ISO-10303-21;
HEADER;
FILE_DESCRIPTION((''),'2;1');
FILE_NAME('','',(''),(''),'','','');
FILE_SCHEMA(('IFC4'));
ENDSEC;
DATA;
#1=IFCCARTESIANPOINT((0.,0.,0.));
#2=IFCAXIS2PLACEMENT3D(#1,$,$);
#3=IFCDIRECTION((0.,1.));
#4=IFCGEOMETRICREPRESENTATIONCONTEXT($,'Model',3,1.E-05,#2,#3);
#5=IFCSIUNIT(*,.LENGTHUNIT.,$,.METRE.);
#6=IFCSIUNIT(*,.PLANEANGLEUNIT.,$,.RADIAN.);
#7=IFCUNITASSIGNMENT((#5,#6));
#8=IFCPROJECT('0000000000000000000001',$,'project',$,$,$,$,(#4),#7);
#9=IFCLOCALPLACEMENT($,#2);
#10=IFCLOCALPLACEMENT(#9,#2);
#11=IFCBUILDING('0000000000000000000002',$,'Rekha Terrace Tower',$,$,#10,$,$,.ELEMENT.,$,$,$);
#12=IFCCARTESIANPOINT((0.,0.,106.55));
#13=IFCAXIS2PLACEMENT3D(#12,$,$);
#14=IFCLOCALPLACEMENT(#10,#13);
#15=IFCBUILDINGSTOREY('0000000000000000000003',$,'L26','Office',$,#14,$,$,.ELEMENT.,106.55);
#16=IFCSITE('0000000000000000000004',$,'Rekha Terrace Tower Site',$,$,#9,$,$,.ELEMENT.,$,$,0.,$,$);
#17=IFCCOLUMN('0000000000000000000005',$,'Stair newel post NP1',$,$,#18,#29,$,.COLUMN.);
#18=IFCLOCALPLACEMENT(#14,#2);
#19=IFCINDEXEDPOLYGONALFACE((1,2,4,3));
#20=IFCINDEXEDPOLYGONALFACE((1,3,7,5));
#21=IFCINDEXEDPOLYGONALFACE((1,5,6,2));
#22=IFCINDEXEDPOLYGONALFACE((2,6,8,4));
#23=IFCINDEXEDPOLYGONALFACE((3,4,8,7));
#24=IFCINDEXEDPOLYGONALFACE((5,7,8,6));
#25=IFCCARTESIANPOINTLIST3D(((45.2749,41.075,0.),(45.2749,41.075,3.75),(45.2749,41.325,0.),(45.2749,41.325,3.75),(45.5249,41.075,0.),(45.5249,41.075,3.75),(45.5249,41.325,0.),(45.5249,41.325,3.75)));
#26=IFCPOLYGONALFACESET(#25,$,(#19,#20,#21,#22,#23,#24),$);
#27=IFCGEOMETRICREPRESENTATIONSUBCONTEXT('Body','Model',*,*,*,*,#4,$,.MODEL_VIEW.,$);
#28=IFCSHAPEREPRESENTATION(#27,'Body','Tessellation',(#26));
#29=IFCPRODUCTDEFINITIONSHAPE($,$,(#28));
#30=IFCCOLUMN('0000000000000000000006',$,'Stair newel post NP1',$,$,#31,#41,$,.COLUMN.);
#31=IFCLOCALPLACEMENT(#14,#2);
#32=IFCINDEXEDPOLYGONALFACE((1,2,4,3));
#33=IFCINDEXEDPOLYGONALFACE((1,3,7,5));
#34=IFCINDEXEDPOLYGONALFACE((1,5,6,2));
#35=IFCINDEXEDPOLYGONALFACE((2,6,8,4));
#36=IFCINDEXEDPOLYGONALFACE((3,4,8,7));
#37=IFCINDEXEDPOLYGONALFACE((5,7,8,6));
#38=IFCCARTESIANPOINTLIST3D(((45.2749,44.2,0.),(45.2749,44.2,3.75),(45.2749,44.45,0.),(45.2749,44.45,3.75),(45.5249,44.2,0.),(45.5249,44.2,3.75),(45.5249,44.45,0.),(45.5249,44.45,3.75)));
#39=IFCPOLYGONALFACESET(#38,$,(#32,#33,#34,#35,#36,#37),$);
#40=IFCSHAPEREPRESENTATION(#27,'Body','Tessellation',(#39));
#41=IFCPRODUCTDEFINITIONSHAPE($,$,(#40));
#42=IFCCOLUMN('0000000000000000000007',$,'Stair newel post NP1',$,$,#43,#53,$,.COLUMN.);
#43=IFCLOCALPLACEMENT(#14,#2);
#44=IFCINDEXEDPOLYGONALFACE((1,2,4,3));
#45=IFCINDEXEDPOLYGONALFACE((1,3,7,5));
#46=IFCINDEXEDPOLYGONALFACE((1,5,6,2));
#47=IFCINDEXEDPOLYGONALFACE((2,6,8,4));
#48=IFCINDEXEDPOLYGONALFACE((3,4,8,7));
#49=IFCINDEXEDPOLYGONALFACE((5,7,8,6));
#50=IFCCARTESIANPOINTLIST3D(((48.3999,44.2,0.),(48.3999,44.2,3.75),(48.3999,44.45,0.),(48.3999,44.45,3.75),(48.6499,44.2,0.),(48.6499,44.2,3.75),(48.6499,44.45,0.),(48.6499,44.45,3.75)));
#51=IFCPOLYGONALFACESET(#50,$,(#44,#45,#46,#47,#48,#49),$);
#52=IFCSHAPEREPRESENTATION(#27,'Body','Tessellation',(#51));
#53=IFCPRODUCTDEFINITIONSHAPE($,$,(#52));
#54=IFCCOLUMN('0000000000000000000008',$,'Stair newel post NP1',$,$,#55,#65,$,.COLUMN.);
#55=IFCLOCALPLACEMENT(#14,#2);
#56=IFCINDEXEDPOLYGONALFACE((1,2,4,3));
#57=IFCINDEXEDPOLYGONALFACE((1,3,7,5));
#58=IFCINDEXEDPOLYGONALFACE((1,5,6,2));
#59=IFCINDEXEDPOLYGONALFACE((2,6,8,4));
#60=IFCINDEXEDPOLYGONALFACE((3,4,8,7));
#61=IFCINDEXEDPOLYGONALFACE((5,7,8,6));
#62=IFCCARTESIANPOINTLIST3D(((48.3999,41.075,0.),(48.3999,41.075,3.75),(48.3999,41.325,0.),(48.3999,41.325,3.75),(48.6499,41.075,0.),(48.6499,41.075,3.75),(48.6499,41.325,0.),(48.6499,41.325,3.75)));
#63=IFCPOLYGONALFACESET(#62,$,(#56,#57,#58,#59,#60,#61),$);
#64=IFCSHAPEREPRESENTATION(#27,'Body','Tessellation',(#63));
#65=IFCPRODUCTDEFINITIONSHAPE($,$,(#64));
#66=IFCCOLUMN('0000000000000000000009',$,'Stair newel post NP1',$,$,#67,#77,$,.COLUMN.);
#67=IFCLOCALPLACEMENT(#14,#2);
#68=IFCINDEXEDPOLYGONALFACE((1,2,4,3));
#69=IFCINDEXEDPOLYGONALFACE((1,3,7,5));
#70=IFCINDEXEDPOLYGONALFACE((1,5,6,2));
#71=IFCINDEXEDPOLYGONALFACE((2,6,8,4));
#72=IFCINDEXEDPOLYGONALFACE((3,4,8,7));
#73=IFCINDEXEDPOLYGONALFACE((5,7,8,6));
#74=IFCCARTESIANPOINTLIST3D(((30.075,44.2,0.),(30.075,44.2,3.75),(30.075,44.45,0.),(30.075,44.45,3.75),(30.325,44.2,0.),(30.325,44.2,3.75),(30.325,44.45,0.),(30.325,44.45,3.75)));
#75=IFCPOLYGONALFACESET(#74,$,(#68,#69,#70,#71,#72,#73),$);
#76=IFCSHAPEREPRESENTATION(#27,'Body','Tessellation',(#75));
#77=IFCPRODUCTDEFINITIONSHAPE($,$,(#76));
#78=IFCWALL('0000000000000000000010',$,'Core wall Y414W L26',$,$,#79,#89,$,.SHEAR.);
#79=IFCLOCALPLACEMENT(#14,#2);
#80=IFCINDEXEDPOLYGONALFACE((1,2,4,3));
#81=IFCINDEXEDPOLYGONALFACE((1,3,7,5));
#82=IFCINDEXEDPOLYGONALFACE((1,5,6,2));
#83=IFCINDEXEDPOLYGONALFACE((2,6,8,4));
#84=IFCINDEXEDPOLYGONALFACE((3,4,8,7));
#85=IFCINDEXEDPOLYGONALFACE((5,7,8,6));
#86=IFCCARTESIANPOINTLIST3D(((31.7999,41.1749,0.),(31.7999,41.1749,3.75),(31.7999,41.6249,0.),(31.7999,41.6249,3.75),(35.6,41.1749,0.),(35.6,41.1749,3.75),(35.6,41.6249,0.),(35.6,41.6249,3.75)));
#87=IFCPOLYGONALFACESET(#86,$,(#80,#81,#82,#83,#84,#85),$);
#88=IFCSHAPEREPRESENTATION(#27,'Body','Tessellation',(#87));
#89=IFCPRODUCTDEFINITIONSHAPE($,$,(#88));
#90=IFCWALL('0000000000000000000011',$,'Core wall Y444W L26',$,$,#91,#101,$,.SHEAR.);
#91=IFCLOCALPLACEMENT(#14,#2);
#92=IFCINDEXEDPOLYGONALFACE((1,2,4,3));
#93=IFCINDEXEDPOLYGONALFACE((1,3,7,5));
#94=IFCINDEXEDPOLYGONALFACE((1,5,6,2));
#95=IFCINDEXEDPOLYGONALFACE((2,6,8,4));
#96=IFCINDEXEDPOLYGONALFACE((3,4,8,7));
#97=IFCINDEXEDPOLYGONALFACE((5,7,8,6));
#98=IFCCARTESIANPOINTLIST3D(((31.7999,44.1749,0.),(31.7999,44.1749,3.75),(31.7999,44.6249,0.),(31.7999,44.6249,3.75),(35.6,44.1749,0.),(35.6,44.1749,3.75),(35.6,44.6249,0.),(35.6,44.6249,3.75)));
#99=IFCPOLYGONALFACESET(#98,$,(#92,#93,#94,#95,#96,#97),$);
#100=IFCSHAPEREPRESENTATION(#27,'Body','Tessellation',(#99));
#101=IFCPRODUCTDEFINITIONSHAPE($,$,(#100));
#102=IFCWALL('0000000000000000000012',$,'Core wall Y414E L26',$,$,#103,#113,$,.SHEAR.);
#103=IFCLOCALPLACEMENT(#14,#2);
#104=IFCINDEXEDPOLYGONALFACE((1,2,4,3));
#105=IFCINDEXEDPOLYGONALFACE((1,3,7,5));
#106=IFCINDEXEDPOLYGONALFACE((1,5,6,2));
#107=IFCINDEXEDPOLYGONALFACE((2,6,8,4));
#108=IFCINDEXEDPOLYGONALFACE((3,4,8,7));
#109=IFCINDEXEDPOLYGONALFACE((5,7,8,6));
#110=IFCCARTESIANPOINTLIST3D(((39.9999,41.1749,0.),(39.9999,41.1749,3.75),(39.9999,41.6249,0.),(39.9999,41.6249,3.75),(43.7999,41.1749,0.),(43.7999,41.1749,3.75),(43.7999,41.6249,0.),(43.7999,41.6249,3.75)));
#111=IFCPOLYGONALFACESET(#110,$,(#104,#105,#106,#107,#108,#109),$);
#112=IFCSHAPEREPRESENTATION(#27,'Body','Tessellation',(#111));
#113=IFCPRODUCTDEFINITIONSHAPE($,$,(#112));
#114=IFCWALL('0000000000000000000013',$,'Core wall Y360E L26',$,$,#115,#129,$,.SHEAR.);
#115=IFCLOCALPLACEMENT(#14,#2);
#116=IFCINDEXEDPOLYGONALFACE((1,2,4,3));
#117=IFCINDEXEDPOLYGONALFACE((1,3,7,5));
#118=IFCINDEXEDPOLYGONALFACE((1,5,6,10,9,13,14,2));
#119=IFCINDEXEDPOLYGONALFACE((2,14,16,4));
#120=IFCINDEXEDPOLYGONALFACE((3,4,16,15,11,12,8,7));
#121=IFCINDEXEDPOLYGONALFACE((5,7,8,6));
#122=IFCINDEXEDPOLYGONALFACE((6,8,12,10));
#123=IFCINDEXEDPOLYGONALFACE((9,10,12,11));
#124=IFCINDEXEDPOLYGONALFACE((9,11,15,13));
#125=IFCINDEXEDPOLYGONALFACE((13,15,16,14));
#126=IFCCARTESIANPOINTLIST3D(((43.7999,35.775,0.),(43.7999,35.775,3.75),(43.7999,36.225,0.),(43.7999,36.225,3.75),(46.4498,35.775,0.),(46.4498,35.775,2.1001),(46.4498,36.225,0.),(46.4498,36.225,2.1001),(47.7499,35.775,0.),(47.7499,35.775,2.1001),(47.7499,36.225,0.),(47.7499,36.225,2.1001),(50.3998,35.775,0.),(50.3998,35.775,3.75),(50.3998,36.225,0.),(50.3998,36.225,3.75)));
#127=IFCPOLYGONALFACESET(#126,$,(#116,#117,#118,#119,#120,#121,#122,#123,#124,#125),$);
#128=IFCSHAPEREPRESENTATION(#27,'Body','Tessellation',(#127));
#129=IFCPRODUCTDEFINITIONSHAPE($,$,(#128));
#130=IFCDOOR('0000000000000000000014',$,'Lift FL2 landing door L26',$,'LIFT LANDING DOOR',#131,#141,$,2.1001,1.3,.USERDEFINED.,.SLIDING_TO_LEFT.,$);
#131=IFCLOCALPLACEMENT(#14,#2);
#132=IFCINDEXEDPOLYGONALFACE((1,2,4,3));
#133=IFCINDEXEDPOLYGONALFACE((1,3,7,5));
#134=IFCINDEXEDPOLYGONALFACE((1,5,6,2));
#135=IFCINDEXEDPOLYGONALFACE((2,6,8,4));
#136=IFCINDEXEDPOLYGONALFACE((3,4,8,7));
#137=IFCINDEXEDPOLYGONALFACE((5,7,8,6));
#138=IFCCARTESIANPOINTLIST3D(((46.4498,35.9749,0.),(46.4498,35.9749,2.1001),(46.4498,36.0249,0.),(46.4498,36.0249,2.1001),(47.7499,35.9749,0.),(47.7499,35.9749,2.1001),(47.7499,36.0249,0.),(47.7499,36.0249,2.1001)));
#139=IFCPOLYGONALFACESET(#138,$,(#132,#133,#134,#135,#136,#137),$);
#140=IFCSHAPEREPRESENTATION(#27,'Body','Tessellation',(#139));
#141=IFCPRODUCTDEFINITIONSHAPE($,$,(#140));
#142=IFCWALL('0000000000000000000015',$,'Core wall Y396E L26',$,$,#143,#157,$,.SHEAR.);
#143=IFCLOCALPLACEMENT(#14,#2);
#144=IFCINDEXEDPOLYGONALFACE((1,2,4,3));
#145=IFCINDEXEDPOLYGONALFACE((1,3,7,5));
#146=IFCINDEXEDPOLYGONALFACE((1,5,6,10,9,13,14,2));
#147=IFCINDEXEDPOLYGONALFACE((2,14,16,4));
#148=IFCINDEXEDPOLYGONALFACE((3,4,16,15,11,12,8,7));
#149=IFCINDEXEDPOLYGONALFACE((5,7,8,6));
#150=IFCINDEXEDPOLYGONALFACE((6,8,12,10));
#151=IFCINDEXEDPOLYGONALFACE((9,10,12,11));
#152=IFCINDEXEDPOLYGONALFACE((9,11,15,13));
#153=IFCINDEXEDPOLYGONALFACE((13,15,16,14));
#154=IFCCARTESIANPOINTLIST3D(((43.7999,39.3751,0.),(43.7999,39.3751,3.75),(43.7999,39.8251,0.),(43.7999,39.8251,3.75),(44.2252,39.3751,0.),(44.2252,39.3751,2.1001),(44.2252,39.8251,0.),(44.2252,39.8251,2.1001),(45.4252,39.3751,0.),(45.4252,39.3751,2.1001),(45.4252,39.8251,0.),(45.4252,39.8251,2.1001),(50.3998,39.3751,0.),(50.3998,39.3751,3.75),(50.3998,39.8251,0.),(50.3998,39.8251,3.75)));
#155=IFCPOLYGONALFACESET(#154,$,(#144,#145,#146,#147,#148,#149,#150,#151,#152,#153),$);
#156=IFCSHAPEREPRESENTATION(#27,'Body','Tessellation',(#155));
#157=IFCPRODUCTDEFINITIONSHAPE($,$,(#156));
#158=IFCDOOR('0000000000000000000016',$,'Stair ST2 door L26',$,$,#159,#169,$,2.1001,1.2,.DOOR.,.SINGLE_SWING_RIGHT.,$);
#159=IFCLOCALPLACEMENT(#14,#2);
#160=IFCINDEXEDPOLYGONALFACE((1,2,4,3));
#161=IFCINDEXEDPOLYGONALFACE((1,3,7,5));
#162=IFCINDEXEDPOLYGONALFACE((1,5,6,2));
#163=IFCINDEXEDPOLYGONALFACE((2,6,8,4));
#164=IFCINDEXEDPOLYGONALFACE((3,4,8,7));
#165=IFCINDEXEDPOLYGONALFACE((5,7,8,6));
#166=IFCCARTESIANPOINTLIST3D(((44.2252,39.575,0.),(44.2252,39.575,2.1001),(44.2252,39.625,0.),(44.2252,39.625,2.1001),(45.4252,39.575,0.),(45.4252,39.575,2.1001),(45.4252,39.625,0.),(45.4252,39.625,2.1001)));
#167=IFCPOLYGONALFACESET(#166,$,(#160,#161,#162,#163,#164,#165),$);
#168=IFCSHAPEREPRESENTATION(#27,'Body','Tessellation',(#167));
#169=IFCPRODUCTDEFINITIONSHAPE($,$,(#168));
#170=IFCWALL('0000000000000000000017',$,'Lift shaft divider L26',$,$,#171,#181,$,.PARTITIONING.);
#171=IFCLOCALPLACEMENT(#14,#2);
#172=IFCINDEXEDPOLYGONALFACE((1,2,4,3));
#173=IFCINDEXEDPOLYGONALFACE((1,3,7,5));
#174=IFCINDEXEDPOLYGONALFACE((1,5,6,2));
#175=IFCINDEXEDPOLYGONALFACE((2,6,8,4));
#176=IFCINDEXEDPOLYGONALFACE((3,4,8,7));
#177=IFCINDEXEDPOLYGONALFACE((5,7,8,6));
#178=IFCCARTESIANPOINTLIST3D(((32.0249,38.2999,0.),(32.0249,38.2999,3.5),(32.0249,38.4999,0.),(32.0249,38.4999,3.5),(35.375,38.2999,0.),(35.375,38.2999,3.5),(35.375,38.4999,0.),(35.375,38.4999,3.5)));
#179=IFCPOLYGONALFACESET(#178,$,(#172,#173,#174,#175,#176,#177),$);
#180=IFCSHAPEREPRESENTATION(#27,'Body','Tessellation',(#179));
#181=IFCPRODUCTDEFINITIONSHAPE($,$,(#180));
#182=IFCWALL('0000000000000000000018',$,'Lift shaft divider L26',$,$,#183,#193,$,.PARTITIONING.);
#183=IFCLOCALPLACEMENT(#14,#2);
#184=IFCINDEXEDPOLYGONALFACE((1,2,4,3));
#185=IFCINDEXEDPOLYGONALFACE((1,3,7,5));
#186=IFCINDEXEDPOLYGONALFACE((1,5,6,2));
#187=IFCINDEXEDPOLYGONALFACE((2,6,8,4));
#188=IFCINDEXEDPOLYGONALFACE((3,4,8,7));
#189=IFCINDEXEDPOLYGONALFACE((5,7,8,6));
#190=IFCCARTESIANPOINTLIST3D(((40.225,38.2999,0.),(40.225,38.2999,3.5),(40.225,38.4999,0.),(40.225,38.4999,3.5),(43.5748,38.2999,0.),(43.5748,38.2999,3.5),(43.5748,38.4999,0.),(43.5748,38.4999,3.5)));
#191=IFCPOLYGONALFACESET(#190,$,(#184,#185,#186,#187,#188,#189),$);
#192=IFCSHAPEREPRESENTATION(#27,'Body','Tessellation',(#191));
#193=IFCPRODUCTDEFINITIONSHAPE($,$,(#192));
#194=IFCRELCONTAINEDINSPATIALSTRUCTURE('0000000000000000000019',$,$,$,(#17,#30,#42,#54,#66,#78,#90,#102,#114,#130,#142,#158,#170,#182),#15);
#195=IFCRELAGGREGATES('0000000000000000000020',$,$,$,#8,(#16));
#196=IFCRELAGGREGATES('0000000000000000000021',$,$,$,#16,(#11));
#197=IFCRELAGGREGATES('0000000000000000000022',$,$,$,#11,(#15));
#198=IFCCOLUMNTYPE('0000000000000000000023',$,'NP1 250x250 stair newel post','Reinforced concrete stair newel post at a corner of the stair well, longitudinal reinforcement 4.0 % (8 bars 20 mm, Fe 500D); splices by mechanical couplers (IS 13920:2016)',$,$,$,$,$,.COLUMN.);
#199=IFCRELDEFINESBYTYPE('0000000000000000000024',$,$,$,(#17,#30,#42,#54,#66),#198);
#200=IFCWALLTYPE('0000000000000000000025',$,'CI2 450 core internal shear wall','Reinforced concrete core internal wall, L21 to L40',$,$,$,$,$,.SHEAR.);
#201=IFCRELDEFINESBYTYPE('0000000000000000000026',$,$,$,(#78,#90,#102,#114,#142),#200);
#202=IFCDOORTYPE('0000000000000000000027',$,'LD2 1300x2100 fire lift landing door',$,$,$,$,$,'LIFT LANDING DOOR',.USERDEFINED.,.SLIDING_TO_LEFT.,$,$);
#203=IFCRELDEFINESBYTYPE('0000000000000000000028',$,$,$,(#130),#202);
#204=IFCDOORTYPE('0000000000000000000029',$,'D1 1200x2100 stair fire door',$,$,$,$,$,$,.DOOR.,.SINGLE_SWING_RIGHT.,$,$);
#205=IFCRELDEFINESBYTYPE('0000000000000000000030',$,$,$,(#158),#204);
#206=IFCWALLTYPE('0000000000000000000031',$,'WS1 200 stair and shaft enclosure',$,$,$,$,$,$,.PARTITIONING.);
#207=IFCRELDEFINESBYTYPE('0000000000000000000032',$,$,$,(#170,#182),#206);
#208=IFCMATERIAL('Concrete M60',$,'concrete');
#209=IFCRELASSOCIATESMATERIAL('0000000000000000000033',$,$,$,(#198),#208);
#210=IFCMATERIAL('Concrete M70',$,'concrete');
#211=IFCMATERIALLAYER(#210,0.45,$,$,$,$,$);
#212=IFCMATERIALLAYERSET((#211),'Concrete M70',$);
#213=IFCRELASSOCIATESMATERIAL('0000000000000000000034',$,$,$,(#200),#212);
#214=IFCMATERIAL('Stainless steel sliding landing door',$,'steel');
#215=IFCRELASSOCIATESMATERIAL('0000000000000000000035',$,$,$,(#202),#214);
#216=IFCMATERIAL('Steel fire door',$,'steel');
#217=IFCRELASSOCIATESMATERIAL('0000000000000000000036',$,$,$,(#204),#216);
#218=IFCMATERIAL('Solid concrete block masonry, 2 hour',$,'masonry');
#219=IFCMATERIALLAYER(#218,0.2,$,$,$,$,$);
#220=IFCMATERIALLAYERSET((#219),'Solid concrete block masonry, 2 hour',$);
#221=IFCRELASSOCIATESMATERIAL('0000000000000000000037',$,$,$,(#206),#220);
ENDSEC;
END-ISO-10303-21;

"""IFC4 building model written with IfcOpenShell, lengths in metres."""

from ifc_helpers import new_model, si_unit, direction, frame, frame_2d, origin, origin_2d, place, context, subcontext, project, spatial, rectangle, extrude, material, layer, layer_set, material_profile, profile_set, type_object, element, fill, save


model = new_model("IFC4")

# Units and contexts
model_context = context("Model", 3, precision=1e-05, world=origin(), true_north=direction((0.0, 1.0)))
body_context = subcontext(model_context, "Body", "Model", "MODEL_VIEW")
ifc_project = project(units=[si_unit("LENGTHUNIT", "METRE"), si_unit("PLANEANGLEUNIT", "RADIAN")], contexts=[model_context])

# Site, building, storey
site_placement = place(None, origin())
site = spatial("IfcSite", under=ifc_project, at=site_placement, Name="Rekha Terrace Tower Site", CompositionType="ELEMENT", RefElevation=0.0)
building_placement = place(site_placement, origin())
building = spatial("IfcBuilding", under=site, at=building_placement, Name="Rekha Terrace Tower", CompositionType="ELEMENT")
storey_placement = place(building_placement, frame((0.0, 0.0, 106.55)))
storey = spatial("IfcBuildingStorey", under=building, at=storey_placement, Name="L26", Description="Office", CompositionType="ELEMENT", Elevation=106.55)

# Columns
ifc_material_1 = material(Name="Concrete M60", Category="concrete")
ifc_material_profile = material_profile(ifc_material_1, rectangle(XDim=0.25, YDim=0.25, at=origin_2d()), Name="RC 250x250")
ifc_profile_set = profile_set([ifc_material_profile], Name="Concrete M60")
column_type = type_object("IfcColumnType", Name="NP1 250x250 stair newel post", Description="Reinforced concrete stair newel post at a corner of the stair well, longitudinal reinforcement 4.0 % (8 bars 20 mm, Fe 500D); splices by mechanical couplers (IS 13920:2016)", PredefinedType="COLUMN", material=ifc_profile_set)
for number, where, z_axis, x_axis, name in (
    (1, (45.3999, 41.2, 0.0), (0.0, 0.0, 1.0), (1.0, 0.0, 0.0), "Stair newel post NP1"),
    (2, (45.3999, 44.325, 0.0), (0.0, 0.0, 1.0), (1.0, 0.0, 0.0), "Stair newel post NP1"),
    (3, (48.5249, 44.325, 0.0), (0.0, 0.0, 1.0), (1.0, 0.0, 0.0), "Stair newel post NP1"),
    (4, (48.5249, 41.2, 0.0), (0.0, 0.0, 1.0), (1.0, 0.0, 0.0), "Stair newel post NP1"),
    (5, (30.2, 44.325, 0.0), (0.0, 0.0, 1.0), (1.0, 0.0, 0.0), "Stair newel post NP1"),
):
    element("IfcColumn", number, at=place(storey_placement, frame(where, z_axis=z_axis, x_axis=x_axis)), inside=storey, type_object=column_type, Name=name, PredefinedType="COLUMN", context=body_context, shape_type="SweptSolid", body=[
        extrude(rectangle(XDim=0.25, YDim=0.25, at=origin_2d()), origin(), (0.0, 0.0, 1.0), 3.75),
    ])

# Walls
ifc_material_2 = material(Name="Concrete M70", Category="concrete")
ifc_layer_1 = layer(ifc_material_2, 0.45)
ifc_layer_set_1 = layer_set([ifc_layer_1], Name="Concrete M70")
wall_type_1 = type_object("IfcWallType", Name="CI2 450 core internal shear wall", Description="Reinforced concrete core internal wall, L21 to L40", PredefinedType="SHEAR", material=ifc_layer_set_1)
for number, where, z_axis, x_axis, name in (
    (6, (31.8, 41.3999, 0.0), (0.0, 0.0, 1.0), (1.0, 0.0, 0.0), "Core wall Y414W L26"),
    (7, (31.8, 44.3999, 0.0), (0.0, 0.0, 1.0), (1.0, 0.0, 0.0), "Core wall Y444W L26"),
    (8, (40.0, 41.3999, 0.0), (0.0, 0.0, 1.0), (1.0, 0.0, 0.0), "Core wall Y414E L26"),
):
    element("IfcWall", number, at=place(storey_placement, frame(where, z_axis=z_axis, x_axis=x_axis)), inside=storey, type_object=wall_type_1, Name=name, PredefinedType="SHEAR", context=body_context, shape_type="SweptSolid", body=[
        extrude(rectangle(XDim=3.8, YDim=0.45, at=frame_2d((1.8999, 0.0))), origin(), (0.0, 0.0, 1.0), 3.75),
    ])

# Walls, openings, doors
wall_1_placement = place(storey_placement, frame((43.8, 36.0, 0.0), z_axis=(0.0, 0.0, 1.0), x_axis=(1.0, 0.0, 0.0)))
wall_1 = element("IfcWall", 9, at=wall_1_placement, inside=storey, type_object=wall_type_1, Name="Core wall Y360E L26", PredefinedType="SHEAR", context=body_context, shape_type="SweptSolid", body=[
    extrude(rectangle(XDim=6.5999, YDim=0.45, at=frame_2d((3.2998, 0.0))), origin(), (0.0, 0.0, 1.0), 3.75),
])
opening_1_placement = place(wall_1_placement, frame((2.6499, 0.0, 0.0)))
opening_1 = element("IfcOpeningElement", 10, at=opening_1_placement, cuts=wall_1, PredefinedType="OPENING", context=body_context, shape_type="SweptSolid", body=[
    extrude(rectangle(XDim=1.3, YDim=2.1001, at=frame_2d((0.6499, 1.05))), frame((0.0, 0.2349, 0.0), z_axis=(0.0, -1.0, 0.0), x_axis=(1.0, 0.0, 0.0)), (0.0, 0.0, 1.0), 0.47),
])
ifc_material_3 = material(Name="Stainless steel sliding landing door", Category="steel")
door_type_1 = type_object("IfcDoorType", Name="LD2 1300x2100 fire lift landing door", ElementType="LIFT LANDING DOOR", OperationType="SLIDING_TO_LEFT", PredefinedType="USERDEFINED", material=ifc_material_3)
door_1_placement = place(opening_1_placement, origin())
door_1 = element("IfcDoor", 11, at=door_1_placement, inside=storey, type_object=door_type_1, Name="Lift FL2 landing door L26", ObjectType="LIFT LANDING DOOR", OperationType="SLIDING_TO_LEFT", OverallHeight=2.1001, OverallWidth=1.3, PredefinedType="USERDEFINED", context=body_context, shape_type="SweptSolid", body=[
    extrude(rectangle(XDim=1.3, YDim=2.1001, at=frame_2d((0.6499, 1.05))), frame((0.0, 0.0249, 0.0), z_axis=(0.0, -1.0, 0.0), x_axis=(1.0, 0.0, 0.0)), (0.0, 0.0, 1.0), 0.05),
])
fill(opening_1, door_1)
wall_2_placement = place(storey_placement, frame((43.8, 39.6001, 0.0), z_axis=(0.0, 0.0, 1.0), x_axis=(1.0, 0.0, 0.0)))
wall_2 = element("IfcWall", 12, at=wall_2_placement, inside=storey, type_object=wall_type_1, Name="Core wall Y396E L26", PredefinedType="SHEAR", context=body_context, shape_type="SweptSolid", body=[
    extrude(rectangle(XDim=6.5999, YDim=0.45, at=frame_2d((3.2998, 0.0))), origin(), (0.0, 0.0, 1.0), 3.75),
])
opening_2_placement = place(wall_2_placement, frame((0.425, 0.0, 0.0)))
opening_2 = element("IfcOpeningElement", 13, at=opening_2_placement, cuts=wall_2, PredefinedType="OPENING", context=body_context, shape_type="SweptSolid", body=[
    extrude(rectangle(XDim=1.2, YDim=2.1001, at=frame_2d((0.6001, 1.05))), frame((0.0, 0.2349, 0.0), z_axis=(0.0, -1.0, 0.0), x_axis=(1.0, 0.0, 0.0)), (0.0, 0.0, 1.0), 0.47),
])
ifc_material_4 = material(Name="Steel fire door", Category="steel")
door_type_2 = type_object("IfcDoorType", Name="D1 1200x2100 stair fire door", OperationType="SINGLE_SWING_RIGHT", PredefinedType="DOOR", material=ifc_material_4)
door_2_placement = place(opening_2_placement, origin())
door_2 = element("IfcDoor", 14, at=door_2_placement, inside=storey, type_object=door_type_2, Name="Stair ST2 door L26", OperationType="SINGLE_SWING_RIGHT", OverallHeight=2.1001, OverallWidth=1.2, PredefinedType="DOOR", context=body_context, shape_type="SweptSolid", body=[
    extrude(rectangle(XDim=1.2, YDim=2.1001, at=frame_2d((0.6001, 1.05))), frame((0.0, 0.0249, 0.0), z_axis=(0.0, -1.0, 0.0), x_axis=(1.0, 0.0, 0.0)), (0.0, 0.0, 1.0), 0.05),
])
fill(opening_2, door_2)

# Walls
ifc_material_5 = material(Name="Solid concrete block masonry, 2 hour", Category="masonry")
ifc_layer_2 = layer(ifc_material_5, 0.2)
ifc_layer_set_2 = layer_set([ifc_layer_2], Name="Solid concrete block masonry, 2 hour")
wall_type_2 = type_object("IfcWallType", Name="WS1 200 stair and shaft enclosure", PredefinedType="PARTITIONING", material=ifc_layer_set_2)
wall_3_placement = place(storey_placement, frame((32.0249, 38.3999, 0.0), z_axis=(0.0, 0.0, 1.0), x_axis=(1.0, 0.0, 0.0)))
element("IfcWall", 15, at=wall_3_placement, inside=storey, type_object=wall_type_2, Name="Lift shaft divider L26", PredefinedType="PARTITIONING", context=body_context, shape_type="SweptSolid", body=[
    extrude(rectangle(XDim=3.3501, YDim=0.2, at=frame_2d((1.675, 0.0))), origin(), (0.0, 0.0, 1.0), 3.5),
])
wall_4_placement = place(storey_placement, frame((40.2251, 38.3999, 0.0), z_axis=(0.0, 0.0, 1.0), x_axis=(1.0, 0.0, 0.0)))
element("IfcWall", 16, at=wall_4_placement, inside=storey, type_object=wall_type_2, Name="Lift shaft divider L26", PredefinedType="PARTITIONING", context=body_context, shape_type="SweptSolid", body=[
    extrude(rectangle(XDim=3.3499, YDim=0.2, at=frame_2d((1.6748, 0.0))), origin(), (0.0, 0.0, 1.0), 3.5),
])

save(model, "model.ifc")
